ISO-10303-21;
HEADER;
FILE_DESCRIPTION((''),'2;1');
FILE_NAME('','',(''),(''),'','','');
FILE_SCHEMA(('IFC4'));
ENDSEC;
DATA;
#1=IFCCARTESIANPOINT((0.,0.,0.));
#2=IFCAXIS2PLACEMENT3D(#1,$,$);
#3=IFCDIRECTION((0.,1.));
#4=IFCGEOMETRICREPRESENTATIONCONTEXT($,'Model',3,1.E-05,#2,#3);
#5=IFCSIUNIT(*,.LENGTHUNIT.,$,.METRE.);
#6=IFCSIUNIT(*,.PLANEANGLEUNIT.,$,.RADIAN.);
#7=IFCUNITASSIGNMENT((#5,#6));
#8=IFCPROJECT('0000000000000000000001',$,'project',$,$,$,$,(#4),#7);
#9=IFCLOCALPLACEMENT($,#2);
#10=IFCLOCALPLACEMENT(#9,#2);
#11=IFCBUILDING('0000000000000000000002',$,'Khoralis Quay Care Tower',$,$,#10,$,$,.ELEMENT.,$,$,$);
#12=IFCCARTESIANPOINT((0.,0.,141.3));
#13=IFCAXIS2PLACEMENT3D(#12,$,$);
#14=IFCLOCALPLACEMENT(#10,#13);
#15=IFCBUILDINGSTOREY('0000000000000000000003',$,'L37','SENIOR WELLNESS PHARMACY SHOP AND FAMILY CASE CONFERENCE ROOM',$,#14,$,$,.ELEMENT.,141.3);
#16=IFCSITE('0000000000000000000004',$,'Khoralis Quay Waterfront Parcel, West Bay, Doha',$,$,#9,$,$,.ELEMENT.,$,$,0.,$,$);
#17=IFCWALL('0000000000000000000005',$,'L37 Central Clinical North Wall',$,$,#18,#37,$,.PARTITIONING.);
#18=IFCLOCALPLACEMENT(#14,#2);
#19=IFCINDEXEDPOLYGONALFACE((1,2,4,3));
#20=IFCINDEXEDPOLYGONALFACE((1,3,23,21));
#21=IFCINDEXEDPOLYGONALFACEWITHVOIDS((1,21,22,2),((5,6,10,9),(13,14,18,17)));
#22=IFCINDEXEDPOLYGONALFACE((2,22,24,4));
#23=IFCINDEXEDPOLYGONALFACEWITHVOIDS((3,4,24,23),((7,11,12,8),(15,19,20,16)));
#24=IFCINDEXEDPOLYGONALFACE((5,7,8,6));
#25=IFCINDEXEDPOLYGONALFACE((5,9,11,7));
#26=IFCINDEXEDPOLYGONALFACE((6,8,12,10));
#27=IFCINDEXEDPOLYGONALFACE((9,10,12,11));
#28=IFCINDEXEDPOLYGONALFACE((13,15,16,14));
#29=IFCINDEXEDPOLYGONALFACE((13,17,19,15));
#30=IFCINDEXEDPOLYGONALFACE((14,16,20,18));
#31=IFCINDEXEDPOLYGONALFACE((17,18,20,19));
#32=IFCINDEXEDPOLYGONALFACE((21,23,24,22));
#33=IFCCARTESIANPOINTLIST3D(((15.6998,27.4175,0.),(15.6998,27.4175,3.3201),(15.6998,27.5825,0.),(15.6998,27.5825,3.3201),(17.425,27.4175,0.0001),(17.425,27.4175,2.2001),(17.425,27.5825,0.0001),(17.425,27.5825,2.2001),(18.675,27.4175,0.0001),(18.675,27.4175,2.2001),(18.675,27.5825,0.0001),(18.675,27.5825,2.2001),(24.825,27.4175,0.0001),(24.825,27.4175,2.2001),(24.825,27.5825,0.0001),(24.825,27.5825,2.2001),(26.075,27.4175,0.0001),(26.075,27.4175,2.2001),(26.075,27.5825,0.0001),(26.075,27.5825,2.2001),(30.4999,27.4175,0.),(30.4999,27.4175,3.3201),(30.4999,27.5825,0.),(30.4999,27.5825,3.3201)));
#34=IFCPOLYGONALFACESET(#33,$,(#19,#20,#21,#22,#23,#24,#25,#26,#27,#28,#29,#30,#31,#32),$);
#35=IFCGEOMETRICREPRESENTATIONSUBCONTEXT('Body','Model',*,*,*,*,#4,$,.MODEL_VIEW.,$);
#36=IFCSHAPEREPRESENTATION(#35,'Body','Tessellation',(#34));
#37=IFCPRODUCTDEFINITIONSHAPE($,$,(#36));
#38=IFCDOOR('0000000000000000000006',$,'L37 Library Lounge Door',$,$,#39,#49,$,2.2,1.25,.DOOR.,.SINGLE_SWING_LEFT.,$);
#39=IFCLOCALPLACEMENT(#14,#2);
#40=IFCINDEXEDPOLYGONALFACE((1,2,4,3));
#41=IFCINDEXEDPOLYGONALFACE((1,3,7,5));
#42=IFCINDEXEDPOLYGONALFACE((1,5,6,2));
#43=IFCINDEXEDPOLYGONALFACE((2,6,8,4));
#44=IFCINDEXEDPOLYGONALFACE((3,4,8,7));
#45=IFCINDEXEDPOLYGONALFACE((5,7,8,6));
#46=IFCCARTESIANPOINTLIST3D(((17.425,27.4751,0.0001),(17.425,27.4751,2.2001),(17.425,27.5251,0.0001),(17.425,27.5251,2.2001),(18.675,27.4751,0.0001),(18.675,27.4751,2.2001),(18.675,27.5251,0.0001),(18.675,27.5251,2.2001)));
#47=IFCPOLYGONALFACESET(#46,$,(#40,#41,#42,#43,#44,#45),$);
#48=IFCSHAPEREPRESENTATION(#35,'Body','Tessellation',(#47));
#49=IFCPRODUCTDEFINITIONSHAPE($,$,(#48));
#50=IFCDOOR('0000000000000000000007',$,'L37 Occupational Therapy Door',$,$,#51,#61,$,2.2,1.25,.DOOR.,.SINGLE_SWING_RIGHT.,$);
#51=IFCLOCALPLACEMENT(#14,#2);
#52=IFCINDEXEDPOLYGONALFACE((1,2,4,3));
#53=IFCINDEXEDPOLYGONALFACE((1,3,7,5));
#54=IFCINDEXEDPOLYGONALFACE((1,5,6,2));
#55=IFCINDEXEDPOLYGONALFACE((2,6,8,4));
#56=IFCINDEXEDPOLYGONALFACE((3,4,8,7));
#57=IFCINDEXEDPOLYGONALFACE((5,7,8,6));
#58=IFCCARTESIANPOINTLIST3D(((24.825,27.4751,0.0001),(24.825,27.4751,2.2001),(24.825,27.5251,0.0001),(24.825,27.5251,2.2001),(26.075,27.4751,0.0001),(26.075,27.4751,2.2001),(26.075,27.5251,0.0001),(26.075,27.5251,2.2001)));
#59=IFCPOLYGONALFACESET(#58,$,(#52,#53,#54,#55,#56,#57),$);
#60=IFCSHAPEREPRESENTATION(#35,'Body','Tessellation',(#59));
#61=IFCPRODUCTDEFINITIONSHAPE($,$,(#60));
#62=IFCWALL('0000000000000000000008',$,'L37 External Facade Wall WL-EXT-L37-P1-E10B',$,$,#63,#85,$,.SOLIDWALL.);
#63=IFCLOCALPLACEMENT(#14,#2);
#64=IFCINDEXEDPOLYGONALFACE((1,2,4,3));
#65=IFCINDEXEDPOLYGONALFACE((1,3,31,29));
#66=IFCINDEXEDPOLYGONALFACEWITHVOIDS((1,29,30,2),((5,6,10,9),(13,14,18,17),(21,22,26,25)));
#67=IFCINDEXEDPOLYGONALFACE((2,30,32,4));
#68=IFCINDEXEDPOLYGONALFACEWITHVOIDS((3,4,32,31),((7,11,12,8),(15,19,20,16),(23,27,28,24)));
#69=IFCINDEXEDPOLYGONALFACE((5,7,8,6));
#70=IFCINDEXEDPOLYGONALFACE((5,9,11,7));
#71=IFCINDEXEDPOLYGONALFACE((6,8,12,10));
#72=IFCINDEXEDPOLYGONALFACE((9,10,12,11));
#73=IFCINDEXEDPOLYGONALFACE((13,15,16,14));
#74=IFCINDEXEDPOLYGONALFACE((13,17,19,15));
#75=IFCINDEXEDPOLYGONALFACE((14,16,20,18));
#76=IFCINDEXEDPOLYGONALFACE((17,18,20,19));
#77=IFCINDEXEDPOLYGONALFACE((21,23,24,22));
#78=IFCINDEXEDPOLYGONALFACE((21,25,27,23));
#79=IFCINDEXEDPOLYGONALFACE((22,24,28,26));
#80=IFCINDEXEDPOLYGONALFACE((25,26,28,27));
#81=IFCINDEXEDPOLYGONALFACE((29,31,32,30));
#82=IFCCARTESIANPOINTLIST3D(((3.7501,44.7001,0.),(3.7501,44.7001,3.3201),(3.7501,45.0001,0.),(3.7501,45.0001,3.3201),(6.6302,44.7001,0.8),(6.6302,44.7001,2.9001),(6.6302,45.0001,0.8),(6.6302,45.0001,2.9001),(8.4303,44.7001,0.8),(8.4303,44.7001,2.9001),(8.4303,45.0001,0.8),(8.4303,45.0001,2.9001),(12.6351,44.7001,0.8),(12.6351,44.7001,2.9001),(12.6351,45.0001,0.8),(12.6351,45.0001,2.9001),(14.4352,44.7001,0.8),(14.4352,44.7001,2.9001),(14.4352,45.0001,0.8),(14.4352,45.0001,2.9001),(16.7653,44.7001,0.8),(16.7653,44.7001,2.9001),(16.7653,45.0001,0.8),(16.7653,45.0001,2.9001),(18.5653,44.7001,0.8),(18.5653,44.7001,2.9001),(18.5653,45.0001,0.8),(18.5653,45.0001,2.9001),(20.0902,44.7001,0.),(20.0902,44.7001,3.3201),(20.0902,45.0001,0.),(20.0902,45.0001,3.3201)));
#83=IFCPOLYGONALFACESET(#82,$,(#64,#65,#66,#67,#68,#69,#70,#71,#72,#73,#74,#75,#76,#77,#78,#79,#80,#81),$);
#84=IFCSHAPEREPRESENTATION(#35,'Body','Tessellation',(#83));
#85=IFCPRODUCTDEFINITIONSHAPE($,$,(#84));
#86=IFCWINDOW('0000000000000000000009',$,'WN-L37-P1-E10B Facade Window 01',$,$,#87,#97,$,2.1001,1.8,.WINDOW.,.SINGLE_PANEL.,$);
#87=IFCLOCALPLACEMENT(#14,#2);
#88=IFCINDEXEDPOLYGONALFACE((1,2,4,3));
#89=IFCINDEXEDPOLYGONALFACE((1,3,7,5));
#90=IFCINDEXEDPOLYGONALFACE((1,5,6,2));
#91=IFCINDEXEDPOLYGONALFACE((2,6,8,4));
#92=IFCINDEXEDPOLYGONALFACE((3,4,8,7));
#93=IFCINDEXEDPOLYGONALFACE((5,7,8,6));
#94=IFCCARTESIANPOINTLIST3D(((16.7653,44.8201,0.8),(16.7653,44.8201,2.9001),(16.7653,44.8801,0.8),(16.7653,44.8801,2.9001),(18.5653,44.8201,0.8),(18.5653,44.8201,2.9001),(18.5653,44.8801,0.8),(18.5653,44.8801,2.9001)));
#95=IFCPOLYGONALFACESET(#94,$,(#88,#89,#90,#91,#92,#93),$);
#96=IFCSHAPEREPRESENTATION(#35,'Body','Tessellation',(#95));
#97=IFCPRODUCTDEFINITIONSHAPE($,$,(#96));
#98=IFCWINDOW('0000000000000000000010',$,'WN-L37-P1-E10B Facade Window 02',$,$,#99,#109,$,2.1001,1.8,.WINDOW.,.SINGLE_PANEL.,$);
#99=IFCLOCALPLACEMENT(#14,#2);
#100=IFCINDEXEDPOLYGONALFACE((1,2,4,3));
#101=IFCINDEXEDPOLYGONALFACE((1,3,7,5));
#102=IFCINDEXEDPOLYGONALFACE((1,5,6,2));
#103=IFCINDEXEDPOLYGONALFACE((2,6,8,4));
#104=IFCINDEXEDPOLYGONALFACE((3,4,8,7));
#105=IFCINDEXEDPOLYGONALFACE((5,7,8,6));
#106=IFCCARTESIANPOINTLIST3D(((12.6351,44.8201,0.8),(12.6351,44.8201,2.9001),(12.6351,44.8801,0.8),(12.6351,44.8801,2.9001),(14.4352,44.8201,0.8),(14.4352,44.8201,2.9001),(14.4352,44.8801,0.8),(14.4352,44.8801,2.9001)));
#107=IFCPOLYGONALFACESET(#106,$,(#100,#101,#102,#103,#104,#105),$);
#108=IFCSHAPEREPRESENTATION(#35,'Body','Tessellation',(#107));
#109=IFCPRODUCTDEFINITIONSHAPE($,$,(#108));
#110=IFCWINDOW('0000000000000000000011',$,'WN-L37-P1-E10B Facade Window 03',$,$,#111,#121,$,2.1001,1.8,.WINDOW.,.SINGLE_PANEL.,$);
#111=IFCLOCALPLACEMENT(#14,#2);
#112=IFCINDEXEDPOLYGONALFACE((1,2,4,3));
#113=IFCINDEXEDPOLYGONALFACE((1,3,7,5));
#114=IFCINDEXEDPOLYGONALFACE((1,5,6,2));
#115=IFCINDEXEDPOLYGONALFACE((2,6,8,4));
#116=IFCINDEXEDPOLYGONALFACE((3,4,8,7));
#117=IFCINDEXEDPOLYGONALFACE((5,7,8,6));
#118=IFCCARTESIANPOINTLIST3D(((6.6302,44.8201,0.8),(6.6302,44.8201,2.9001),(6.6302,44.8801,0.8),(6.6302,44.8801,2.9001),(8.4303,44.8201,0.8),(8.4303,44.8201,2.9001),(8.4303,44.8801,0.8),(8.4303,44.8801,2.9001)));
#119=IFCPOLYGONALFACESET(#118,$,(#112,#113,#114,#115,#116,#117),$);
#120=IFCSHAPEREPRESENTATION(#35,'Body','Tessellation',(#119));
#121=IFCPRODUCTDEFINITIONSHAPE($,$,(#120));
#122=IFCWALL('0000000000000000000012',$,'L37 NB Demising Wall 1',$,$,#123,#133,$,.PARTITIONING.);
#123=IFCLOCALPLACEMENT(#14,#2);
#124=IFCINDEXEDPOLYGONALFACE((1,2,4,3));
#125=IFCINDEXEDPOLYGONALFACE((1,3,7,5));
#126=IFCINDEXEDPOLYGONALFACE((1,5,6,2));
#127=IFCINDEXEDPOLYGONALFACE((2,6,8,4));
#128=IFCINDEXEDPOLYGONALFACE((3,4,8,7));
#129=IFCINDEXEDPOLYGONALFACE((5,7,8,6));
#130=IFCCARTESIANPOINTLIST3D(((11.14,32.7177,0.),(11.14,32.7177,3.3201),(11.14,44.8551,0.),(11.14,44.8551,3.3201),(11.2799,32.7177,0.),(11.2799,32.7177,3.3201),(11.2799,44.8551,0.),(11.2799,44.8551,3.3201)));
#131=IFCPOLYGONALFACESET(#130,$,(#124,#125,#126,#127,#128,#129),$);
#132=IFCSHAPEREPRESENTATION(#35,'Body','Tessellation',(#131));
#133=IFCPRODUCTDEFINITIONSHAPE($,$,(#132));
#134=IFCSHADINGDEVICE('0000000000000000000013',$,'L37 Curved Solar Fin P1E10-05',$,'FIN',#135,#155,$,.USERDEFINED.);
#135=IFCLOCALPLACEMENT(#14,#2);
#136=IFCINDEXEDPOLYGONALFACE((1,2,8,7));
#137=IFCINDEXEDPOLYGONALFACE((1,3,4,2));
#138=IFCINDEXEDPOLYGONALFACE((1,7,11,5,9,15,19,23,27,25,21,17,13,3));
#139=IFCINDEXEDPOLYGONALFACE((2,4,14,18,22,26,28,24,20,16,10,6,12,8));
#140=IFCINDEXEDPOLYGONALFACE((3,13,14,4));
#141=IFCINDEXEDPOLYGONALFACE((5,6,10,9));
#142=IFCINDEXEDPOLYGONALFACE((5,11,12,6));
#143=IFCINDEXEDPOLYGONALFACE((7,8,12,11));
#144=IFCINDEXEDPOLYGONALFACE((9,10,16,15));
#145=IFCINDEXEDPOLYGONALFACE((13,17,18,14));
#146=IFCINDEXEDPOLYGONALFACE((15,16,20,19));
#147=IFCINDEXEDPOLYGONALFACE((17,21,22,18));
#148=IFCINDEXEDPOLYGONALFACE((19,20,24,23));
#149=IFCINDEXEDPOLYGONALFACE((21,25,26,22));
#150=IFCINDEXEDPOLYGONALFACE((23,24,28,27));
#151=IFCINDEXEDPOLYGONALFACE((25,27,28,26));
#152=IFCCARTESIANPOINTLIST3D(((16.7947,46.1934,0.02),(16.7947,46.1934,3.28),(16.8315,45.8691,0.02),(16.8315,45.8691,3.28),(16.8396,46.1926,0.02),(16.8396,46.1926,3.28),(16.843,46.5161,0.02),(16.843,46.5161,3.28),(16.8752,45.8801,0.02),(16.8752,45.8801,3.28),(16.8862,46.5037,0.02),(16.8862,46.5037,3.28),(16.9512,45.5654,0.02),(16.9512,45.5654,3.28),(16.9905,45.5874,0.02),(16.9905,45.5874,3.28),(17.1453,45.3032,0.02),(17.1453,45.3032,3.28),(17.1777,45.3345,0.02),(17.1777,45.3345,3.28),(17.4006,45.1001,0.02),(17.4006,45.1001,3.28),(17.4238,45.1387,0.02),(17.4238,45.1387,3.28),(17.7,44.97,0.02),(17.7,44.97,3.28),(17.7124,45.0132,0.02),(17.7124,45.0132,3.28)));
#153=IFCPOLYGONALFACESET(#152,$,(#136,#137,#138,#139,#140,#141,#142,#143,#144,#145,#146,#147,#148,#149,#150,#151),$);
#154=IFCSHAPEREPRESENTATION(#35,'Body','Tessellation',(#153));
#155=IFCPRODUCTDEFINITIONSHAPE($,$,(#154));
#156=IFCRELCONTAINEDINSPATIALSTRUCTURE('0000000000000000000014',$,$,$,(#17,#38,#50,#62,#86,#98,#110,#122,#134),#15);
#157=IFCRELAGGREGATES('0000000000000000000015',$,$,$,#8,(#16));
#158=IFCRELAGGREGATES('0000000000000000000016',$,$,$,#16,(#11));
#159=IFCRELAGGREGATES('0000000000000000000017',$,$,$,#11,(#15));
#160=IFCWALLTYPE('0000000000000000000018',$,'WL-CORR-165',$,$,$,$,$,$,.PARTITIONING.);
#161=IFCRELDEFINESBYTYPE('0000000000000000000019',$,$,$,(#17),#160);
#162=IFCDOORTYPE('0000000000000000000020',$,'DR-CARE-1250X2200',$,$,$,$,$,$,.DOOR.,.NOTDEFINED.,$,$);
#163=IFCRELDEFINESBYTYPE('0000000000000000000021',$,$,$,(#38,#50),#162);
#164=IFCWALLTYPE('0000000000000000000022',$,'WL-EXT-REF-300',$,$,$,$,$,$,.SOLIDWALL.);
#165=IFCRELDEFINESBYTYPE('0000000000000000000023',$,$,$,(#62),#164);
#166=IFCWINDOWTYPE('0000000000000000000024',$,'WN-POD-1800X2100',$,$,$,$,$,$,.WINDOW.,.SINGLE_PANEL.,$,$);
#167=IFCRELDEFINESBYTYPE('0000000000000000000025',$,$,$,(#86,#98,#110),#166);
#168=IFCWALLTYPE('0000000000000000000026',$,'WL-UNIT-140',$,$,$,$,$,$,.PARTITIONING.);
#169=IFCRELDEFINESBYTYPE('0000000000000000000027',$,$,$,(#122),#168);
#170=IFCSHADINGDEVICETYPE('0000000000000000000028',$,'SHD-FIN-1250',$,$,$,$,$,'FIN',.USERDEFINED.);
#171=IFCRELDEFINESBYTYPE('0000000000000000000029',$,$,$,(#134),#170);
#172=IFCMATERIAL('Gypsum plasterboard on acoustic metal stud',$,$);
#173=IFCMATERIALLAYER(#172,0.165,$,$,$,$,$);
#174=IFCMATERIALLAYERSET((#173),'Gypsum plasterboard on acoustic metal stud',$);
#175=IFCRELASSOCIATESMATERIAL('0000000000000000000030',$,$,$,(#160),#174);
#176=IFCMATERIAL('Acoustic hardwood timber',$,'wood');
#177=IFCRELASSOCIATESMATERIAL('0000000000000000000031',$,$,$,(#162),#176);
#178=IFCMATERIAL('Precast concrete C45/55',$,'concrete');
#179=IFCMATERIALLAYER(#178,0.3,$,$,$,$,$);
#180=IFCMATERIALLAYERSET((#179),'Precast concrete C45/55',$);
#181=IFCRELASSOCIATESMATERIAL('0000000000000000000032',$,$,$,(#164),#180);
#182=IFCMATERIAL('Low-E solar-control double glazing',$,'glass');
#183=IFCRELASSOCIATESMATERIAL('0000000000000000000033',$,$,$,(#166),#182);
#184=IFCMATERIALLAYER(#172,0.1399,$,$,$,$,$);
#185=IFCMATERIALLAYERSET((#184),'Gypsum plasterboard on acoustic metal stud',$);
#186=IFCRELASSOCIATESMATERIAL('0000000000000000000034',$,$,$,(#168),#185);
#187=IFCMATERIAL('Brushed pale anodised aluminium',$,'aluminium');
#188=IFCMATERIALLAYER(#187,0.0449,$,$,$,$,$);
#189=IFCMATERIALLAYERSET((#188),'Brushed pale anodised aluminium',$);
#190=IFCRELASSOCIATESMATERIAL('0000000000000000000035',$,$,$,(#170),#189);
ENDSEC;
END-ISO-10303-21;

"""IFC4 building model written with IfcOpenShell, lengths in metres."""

from ifc_helpers import new_model, si_unit, direction, frame, frame_2d, origin, place, context, subcontext, project, spatial, polyline, rectangle, outline, extrude, source, transform, mapped, material, layer, layer_set, type_object, element, fill, save


model = new_model("IFC4")

# Units and contexts
model_context = context("Model", 3, precision=1e-05, world=origin(), true_north=direction((0.0, 1.0)))
body_context = subcontext(model_context, "Body", "Model", "MODEL_VIEW")
ifc_project = project(units=[si_unit("LENGTHUNIT", "METRE"), si_unit("PLANEANGLEUNIT", "RADIAN")], contexts=[model_context])

# Site, building, storey
site_placement = place(None, origin())
site = spatial("IfcSite", under=ifc_project, at=site_placement, Name="Khoralis Quay Waterfront Parcel, West Bay, Doha", CompositionType="ELEMENT", RefElevation=0.0)
building_placement = place(site_placement, origin())
building = spatial("IfcBuilding", under=site, at=building_placement, Name="Khoralis Quay Care Tower", CompositionType="ELEMENT")
storey_placement = place(building_placement, frame((0.0, 0.0, 141.3)))
storey = spatial("IfcBuildingStorey", under=building, at=storey_placement, Name="L37", Description="SENIOR WELLNESS PHARMACY SHOP AND FAMILY CASE CONFERENCE ROOM", CompositionType="ELEMENT", Elevation=141.3)

# Shared definitions
ifc_material_1 = material(Name="Gypsum plasterboard on acoustic metal stud")
ifc_layer_1 = layer(ifc_material_1, 0.165)
ifc_layer_set_1 = layer_set([ifc_layer_1], Name="Gypsum plasterboard on acoustic metal stud")
wall_type_1 = type_object("IfcWallType", Name="WL-CORR-165", PredefinedType="PARTITIONING", material=ifc_layer_set_1)

# Wall, openings, doors
wall_1_placement = place(storey_placement, frame((15.7, 27.5, 0.0), z_axis=(0.0, 0.0, 1.0), x_axis=(1.0, 0.0, 0.0)))
wall_1 = element("IfcWall", 1, at=wall_1_placement, inside=storey, type_object=wall_type_1, Name="L37 Central Clinical North Wall", PredefinedType="PARTITIONING", context=body_context, shape_type="SweptSolid", body=[
    extrude(rectangle(XDim=14.8, YDim=0.165, at=frame_2d((7.3999, 0.0))), origin(), (0.0, 0.0, 1.0), 3.3201),
])
opening_1_placement = place(wall_1_placement, frame((1.7251, 0.0, 0.0)))
opening_1 = element("IfcOpeningElement", 2, at=opening_1_placement, cuts=wall_1, PredefinedType="OPENING", context=body_context, shape_type="SweptSolid", body=[
    extrude(rectangle(XDim=1.25, YDim=2.2, at=frame_2d((0.625, 1.1001))), frame((0.0, 0.0925, 0.0), z_axis=(0.0, -1.0, 0.0), x_axis=(1.0, 0.0, 0.0)), (0.0, 0.0, 1.0), 0.1851),
])
opening_2_placement = place(wall_1_placement, frame((9.125, 0.0, 0.0)))
opening_2 = element("IfcOpeningElement", 3, at=opening_2_placement, cuts=wall_1, PredefinedType="OPENING", context=body_context, shape_type="SweptSolid", body=[
    extrude(rectangle(XDim=1.25, YDim=2.2, at=frame_2d((0.625, 1.1001))), frame((0.0, 0.0925, 0.0), z_axis=(0.0, -1.0, 0.0), x_axis=(1.0, 0.0, 0.0)), (0.0, 0.0, 1.0), 0.1851),
])
ifc_material_2 = material(Name="Acoustic hardwood timber", Category="wood")
door_type_1 = type_object("IfcDoorType", Name="DR-CARE-1250X2200", OperationType="NOTDEFINED", PredefinedType="DOOR", material=ifc_material_2)
shared_shape_1 = source(origin(), body_context, "Body", "SweptSolid", [
    extrude(rectangle(XDim=1.25, YDim=2.2, at=frame_2d((0.625, 1.1001))), frame((0.0, 0.0249, 0.0), z_axis=(0.0, -1.0, 0.0), x_axis=(1.0, 0.0, 0.0)), (0.0, 0.0, 1.0), 0.05),
])
door_1_placement = place(opening_1_placement, frame((1.25, 0.0, 0.0), z_axis=(0.0, 0.0, 1.0), x_axis=(-1.0, 0.0, 0.0)))
door_1 = element("IfcDoor", 4, at=door_1_placement, inside=storey, type_object=door_type_1, Name="L37 Library Lounge Door", OperationType="SINGLE_SWING_LEFT", OverallHeight=2.2, OverallWidth=1.25, PredefinedType="DOOR", context=body_context, shape_type="MappedRepresentation", body=[
    mapped(shared_shape_1, transform((0.0, 0.0, 0.0), scale=1.0)),
])
fill(opening_1, door_1)
door_2_placement = place(opening_2_placement, frame((1.25, 0.0, 0.0), z_axis=(0.0, 0.0, 1.0), x_axis=(-1.0, 0.0, 0.0)))
door_2 = element("IfcDoor", 5, at=door_2_placement, inside=storey, type_object=door_type_1, Name="L37 Occupational Therapy Door", OperationType="SINGLE_SWING_RIGHT", OverallHeight=2.2, OverallWidth=1.25, PredefinedType="DOOR", context=body_context, shape_type="MappedRepresentation", body=[
    mapped(shared_shape_1, transform((0.0, 0.0, 0.0), scale=1.0)),
])
fill(opening_2, door_2)

# Wall, openings, windows
ifc_material_3 = material(Name="Precast concrete C45/55", Category="concrete")
ifc_layer_2 = layer(ifc_material_3, 0.3)
ifc_layer_set_2 = layer_set([ifc_layer_2], Name="Precast concrete C45/55")
wall_type_2 = type_object("IfcWallType", Name="WL-EXT-REF-300", PredefinedType="SOLIDWALL", material=ifc_layer_set_2)
wall_2_placement = place(storey_placement, frame((20.0901, 44.8501, 0.0), z_axis=(0.0, 0.0, 1.0), x_axis=(-1.0, 0.0, 0.0)))
wall_2 = element("IfcWall", 6, at=wall_2_placement, inside=storey, type_object=wall_type_2, Name="L37 External Facade Wall WL-EXT-L37-P1-E10B", PredefinedType="SOLIDWALL", context=body_context, shape_type="SweptSolid", body=[
    extrude(rectangle(XDim=16.3401, YDim=0.3, at=frame_2d((8.1699, 0.0))), origin(), (0.0, 0.0, 1.0), 3.3201),
])
opening_3_placement = place(wall_2_placement, frame((1.5249, 0.0, 0.8)))
opening_3 = element("IfcOpeningElement", 7, at=opening_3_placement, cuts=wall_2, PredefinedType="OPENING", context=body_context, shape_type="SweptSolid", body=[
    extrude(rectangle(XDim=1.8, YDim=2.1001, at=frame_2d((0.8999, 1.05))), frame((0.0, 0.1602, 0.0), z_axis=(0.0, -1.0, 0.0), x_axis=(1.0, 0.0, 0.0)), (0.0, 0.0, 1.0), 0.3201),
])
opening_4_placement = place(wall_2_placement, frame((5.655, 0.0, 0.8)))
opening_4 = element("IfcOpeningElement", 8, at=opening_4_placement, cuts=wall_2, PredefinedType="OPENING", context=body_context, shape_type="SweptSolid", body=[
    extrude(rectangle(XDim=1.8, YDim=2.1001, at=frame_2d((0.8999, 1.05))), frame((0.0, 0.1602, 0.0), z_axis=(0.0, -1.0, 0.0), x_axis=(1.0, 0.0, 0.0)), (0.0, 0.0, 1.0), 0.3201),
])
opening_5_placement = place(wall_2_placement, frame((11.6599, 0.0, 0.8)))
opening_5 = element("IfcOpeningElement", 9, at=opening_5_placement, cuts=wall_2, PredefinedType="OPENING", context=body_context, shape_type="SweptSolid", body=[
    extrude(rectangle(XDim=1.8, YDim=2.1001, at=frame_2d((0.8999, 1.05))), frame((0.0, 0.1602, 0.0), z_axis=(0.0, -1.0, 0.0), x_axis=(1.0, 0.0, 0.0)), (0.0, 0.0, 1.0), 0.3201),
])
ifc_material_4 = material(Name="Low-E solar-control double glazing", Category="glass")
window_type = type_object("IfcWindowType", Name="WN-POD-1800X2100", PartitioningType="SINGLE_PANEL", PredefinedType="WINDOW", material=ifc_material_4)
shared_shape_2 = source(origin(), body_context, "Body", "SweptSolid", [
    extrude(rectangle(XDim=1.8, YDim=2.1001, at=frame_2d((0.8999, 1.05))), frame((0.0, 0.03, 0.0), z_axis=(0.0, -1.0, 0.0), x_axis=(1.0, 0.0, 0.0)), (0.0, 0.0, 1.0), 0.0601),
])
window_1_placement = place(opening_3_placement, origin())
window_1 = element("IfcWindow", 10, at=window_1_placement, inside=storey, type_object=window_type, Name="WN-L37-P1-E10B Facade Window 01", OverallHeight=2.1001, OverallWidth=1.8, PartitioningType="SINGLE_PANEL", PredefinedType="WINDOW", context=body_context, shape_type="MappedRepresentation", body=[
    mapped(shared_shape_2, transform((0.0, 0.0, 0.0), scale=1.0)),
])
fill(opening_3, window_1)
window_2_placement = place(opening_4_placement, origin())
window_2 = element("IfcWindow", 11, at=window_2_placement, inside=storey, type_object=window_type, Name="WN-L37-P1-E10B Facade Window 02", OverallHeight=2.1001, OverallWidth=1.8, PartitioningType="SINGLE_PANEL", PredefinedType="WINDOW", context=body_context, shape_type="MappedRepresentation", body=[
    mapped(shared_shape_2, transform((0.0, 0.0, 0.0), scale=1.0)),
])
fill(opening_4, window_2)
window_3_placement = place(opening_5_placement, origin())
window_3 = element("IfcWindow", 12, at=window_3_placement, inside=storey, type_object=window_type, Name="WN-L37-P1-E10B Facade Window 03", OverallHeight=2.1001, OverallWidth=1.8, PartitioningType="SINGLE_PANEL", PredefinedType="WINDOW", context=body_context, shape_type="MappedRepresentation", body=[
    mapped(shared_shape_2, transform((0.0, 0.0, 0.0), scale=1.0)),
])
fill(opening_5, window_3)

# Wall
ifc_layer_3 = layer(ifc_material_1, 0.1399)
ifc_layer_set_3 = layer_set([ifc_layer_3], Name="Gypsum plasterboard on acoustic metal stud")
wall_type_3 = type_object("IfcWallType", Name="WL-UNIT-140", PredefinedType="PARTITIONING", material=ifc_layer_set_3)
wall_3_placement = place(storey_placement, frame((11.21, 32.7175, 0.0), z_axis=(0.0, 0.0, 1.0), x_axis=(0.0, 1.0, 0.0)))
element("IfcWall", 13, at=wall_3_placement, inside=storey, type_object=wall_type_3, Name="L37 NB Demising Wall 1", PredefinedType="PARTITIONING", context=body_context, shape_type="SweptSolid", body=[
    extrude(rectangle(XDim=12.1375, YDim=0.1399, at=frame_2d((6.0688, 0.0))), origin(), (0.0, 0.0, 1.0), 3.3201),
])

# Shading device
ifc_material_5 = material(Name="Brushed pale anodised aluminium", Category="aluminium")
ifc_layer_4 = layer(ifc_material_5, 0.0449)
ifc_layer_set_4 = layer_set([ifc_layer_4], Name="Brushed pale anodised aluminium")
shading_device_type = type_object("IfcShadingDeviceType", Name="SHD-FIN-1250", ElementType="FIN", PredefinedType="USERDEFINED", material=ifc_layer_set_4)
shared_shape_3 = source(origin(), body_context, "Body", "SweptSolid", [
    extrude(outline(polyline([(0.0, 0.0), (0.1301, 0.2993), (0.3333, 0.5547), (0.5955, 0.7488), (0.8992, 0.8684), (1.2234, 0.9053), (1.5461, 0.8569), (1.5337, 0.8137), (1.2227, 0.8604), (0.9102, 0.8247), (0.6174, 0.7095), (0.3645, 0.5222), (0.1687, 0.2761), (0.0432, -0.0125), (0.0, 0.0)])), origin(), (0.0, 0.0, 1.0), 3.26),
])
for number, where, z_axis, x_axis, name in (
    (14, (17.7, 44.97, 0.02), (0.0, 0.0, 1.0), (0.0, 1.0, 0.0), "L37 Curved Solar Fin P1E10-05"),
):
    element("IfcShadingDevice", number, at=place(storey_placement, frame(where, z_axis=z_axis, x_axis=x_axis)), inside=storey, type_object=shading_device_type, Name=name, ObjectType="FIN", PredefinedType="USERDEFINED", context=body_context, shape_type="MappedRepresentation", body=[
        mapped(shared_shape_3, transform((0.0, 0.0, 0.0), scale=1.0)),
    ])

save(model, "model.ifc")
